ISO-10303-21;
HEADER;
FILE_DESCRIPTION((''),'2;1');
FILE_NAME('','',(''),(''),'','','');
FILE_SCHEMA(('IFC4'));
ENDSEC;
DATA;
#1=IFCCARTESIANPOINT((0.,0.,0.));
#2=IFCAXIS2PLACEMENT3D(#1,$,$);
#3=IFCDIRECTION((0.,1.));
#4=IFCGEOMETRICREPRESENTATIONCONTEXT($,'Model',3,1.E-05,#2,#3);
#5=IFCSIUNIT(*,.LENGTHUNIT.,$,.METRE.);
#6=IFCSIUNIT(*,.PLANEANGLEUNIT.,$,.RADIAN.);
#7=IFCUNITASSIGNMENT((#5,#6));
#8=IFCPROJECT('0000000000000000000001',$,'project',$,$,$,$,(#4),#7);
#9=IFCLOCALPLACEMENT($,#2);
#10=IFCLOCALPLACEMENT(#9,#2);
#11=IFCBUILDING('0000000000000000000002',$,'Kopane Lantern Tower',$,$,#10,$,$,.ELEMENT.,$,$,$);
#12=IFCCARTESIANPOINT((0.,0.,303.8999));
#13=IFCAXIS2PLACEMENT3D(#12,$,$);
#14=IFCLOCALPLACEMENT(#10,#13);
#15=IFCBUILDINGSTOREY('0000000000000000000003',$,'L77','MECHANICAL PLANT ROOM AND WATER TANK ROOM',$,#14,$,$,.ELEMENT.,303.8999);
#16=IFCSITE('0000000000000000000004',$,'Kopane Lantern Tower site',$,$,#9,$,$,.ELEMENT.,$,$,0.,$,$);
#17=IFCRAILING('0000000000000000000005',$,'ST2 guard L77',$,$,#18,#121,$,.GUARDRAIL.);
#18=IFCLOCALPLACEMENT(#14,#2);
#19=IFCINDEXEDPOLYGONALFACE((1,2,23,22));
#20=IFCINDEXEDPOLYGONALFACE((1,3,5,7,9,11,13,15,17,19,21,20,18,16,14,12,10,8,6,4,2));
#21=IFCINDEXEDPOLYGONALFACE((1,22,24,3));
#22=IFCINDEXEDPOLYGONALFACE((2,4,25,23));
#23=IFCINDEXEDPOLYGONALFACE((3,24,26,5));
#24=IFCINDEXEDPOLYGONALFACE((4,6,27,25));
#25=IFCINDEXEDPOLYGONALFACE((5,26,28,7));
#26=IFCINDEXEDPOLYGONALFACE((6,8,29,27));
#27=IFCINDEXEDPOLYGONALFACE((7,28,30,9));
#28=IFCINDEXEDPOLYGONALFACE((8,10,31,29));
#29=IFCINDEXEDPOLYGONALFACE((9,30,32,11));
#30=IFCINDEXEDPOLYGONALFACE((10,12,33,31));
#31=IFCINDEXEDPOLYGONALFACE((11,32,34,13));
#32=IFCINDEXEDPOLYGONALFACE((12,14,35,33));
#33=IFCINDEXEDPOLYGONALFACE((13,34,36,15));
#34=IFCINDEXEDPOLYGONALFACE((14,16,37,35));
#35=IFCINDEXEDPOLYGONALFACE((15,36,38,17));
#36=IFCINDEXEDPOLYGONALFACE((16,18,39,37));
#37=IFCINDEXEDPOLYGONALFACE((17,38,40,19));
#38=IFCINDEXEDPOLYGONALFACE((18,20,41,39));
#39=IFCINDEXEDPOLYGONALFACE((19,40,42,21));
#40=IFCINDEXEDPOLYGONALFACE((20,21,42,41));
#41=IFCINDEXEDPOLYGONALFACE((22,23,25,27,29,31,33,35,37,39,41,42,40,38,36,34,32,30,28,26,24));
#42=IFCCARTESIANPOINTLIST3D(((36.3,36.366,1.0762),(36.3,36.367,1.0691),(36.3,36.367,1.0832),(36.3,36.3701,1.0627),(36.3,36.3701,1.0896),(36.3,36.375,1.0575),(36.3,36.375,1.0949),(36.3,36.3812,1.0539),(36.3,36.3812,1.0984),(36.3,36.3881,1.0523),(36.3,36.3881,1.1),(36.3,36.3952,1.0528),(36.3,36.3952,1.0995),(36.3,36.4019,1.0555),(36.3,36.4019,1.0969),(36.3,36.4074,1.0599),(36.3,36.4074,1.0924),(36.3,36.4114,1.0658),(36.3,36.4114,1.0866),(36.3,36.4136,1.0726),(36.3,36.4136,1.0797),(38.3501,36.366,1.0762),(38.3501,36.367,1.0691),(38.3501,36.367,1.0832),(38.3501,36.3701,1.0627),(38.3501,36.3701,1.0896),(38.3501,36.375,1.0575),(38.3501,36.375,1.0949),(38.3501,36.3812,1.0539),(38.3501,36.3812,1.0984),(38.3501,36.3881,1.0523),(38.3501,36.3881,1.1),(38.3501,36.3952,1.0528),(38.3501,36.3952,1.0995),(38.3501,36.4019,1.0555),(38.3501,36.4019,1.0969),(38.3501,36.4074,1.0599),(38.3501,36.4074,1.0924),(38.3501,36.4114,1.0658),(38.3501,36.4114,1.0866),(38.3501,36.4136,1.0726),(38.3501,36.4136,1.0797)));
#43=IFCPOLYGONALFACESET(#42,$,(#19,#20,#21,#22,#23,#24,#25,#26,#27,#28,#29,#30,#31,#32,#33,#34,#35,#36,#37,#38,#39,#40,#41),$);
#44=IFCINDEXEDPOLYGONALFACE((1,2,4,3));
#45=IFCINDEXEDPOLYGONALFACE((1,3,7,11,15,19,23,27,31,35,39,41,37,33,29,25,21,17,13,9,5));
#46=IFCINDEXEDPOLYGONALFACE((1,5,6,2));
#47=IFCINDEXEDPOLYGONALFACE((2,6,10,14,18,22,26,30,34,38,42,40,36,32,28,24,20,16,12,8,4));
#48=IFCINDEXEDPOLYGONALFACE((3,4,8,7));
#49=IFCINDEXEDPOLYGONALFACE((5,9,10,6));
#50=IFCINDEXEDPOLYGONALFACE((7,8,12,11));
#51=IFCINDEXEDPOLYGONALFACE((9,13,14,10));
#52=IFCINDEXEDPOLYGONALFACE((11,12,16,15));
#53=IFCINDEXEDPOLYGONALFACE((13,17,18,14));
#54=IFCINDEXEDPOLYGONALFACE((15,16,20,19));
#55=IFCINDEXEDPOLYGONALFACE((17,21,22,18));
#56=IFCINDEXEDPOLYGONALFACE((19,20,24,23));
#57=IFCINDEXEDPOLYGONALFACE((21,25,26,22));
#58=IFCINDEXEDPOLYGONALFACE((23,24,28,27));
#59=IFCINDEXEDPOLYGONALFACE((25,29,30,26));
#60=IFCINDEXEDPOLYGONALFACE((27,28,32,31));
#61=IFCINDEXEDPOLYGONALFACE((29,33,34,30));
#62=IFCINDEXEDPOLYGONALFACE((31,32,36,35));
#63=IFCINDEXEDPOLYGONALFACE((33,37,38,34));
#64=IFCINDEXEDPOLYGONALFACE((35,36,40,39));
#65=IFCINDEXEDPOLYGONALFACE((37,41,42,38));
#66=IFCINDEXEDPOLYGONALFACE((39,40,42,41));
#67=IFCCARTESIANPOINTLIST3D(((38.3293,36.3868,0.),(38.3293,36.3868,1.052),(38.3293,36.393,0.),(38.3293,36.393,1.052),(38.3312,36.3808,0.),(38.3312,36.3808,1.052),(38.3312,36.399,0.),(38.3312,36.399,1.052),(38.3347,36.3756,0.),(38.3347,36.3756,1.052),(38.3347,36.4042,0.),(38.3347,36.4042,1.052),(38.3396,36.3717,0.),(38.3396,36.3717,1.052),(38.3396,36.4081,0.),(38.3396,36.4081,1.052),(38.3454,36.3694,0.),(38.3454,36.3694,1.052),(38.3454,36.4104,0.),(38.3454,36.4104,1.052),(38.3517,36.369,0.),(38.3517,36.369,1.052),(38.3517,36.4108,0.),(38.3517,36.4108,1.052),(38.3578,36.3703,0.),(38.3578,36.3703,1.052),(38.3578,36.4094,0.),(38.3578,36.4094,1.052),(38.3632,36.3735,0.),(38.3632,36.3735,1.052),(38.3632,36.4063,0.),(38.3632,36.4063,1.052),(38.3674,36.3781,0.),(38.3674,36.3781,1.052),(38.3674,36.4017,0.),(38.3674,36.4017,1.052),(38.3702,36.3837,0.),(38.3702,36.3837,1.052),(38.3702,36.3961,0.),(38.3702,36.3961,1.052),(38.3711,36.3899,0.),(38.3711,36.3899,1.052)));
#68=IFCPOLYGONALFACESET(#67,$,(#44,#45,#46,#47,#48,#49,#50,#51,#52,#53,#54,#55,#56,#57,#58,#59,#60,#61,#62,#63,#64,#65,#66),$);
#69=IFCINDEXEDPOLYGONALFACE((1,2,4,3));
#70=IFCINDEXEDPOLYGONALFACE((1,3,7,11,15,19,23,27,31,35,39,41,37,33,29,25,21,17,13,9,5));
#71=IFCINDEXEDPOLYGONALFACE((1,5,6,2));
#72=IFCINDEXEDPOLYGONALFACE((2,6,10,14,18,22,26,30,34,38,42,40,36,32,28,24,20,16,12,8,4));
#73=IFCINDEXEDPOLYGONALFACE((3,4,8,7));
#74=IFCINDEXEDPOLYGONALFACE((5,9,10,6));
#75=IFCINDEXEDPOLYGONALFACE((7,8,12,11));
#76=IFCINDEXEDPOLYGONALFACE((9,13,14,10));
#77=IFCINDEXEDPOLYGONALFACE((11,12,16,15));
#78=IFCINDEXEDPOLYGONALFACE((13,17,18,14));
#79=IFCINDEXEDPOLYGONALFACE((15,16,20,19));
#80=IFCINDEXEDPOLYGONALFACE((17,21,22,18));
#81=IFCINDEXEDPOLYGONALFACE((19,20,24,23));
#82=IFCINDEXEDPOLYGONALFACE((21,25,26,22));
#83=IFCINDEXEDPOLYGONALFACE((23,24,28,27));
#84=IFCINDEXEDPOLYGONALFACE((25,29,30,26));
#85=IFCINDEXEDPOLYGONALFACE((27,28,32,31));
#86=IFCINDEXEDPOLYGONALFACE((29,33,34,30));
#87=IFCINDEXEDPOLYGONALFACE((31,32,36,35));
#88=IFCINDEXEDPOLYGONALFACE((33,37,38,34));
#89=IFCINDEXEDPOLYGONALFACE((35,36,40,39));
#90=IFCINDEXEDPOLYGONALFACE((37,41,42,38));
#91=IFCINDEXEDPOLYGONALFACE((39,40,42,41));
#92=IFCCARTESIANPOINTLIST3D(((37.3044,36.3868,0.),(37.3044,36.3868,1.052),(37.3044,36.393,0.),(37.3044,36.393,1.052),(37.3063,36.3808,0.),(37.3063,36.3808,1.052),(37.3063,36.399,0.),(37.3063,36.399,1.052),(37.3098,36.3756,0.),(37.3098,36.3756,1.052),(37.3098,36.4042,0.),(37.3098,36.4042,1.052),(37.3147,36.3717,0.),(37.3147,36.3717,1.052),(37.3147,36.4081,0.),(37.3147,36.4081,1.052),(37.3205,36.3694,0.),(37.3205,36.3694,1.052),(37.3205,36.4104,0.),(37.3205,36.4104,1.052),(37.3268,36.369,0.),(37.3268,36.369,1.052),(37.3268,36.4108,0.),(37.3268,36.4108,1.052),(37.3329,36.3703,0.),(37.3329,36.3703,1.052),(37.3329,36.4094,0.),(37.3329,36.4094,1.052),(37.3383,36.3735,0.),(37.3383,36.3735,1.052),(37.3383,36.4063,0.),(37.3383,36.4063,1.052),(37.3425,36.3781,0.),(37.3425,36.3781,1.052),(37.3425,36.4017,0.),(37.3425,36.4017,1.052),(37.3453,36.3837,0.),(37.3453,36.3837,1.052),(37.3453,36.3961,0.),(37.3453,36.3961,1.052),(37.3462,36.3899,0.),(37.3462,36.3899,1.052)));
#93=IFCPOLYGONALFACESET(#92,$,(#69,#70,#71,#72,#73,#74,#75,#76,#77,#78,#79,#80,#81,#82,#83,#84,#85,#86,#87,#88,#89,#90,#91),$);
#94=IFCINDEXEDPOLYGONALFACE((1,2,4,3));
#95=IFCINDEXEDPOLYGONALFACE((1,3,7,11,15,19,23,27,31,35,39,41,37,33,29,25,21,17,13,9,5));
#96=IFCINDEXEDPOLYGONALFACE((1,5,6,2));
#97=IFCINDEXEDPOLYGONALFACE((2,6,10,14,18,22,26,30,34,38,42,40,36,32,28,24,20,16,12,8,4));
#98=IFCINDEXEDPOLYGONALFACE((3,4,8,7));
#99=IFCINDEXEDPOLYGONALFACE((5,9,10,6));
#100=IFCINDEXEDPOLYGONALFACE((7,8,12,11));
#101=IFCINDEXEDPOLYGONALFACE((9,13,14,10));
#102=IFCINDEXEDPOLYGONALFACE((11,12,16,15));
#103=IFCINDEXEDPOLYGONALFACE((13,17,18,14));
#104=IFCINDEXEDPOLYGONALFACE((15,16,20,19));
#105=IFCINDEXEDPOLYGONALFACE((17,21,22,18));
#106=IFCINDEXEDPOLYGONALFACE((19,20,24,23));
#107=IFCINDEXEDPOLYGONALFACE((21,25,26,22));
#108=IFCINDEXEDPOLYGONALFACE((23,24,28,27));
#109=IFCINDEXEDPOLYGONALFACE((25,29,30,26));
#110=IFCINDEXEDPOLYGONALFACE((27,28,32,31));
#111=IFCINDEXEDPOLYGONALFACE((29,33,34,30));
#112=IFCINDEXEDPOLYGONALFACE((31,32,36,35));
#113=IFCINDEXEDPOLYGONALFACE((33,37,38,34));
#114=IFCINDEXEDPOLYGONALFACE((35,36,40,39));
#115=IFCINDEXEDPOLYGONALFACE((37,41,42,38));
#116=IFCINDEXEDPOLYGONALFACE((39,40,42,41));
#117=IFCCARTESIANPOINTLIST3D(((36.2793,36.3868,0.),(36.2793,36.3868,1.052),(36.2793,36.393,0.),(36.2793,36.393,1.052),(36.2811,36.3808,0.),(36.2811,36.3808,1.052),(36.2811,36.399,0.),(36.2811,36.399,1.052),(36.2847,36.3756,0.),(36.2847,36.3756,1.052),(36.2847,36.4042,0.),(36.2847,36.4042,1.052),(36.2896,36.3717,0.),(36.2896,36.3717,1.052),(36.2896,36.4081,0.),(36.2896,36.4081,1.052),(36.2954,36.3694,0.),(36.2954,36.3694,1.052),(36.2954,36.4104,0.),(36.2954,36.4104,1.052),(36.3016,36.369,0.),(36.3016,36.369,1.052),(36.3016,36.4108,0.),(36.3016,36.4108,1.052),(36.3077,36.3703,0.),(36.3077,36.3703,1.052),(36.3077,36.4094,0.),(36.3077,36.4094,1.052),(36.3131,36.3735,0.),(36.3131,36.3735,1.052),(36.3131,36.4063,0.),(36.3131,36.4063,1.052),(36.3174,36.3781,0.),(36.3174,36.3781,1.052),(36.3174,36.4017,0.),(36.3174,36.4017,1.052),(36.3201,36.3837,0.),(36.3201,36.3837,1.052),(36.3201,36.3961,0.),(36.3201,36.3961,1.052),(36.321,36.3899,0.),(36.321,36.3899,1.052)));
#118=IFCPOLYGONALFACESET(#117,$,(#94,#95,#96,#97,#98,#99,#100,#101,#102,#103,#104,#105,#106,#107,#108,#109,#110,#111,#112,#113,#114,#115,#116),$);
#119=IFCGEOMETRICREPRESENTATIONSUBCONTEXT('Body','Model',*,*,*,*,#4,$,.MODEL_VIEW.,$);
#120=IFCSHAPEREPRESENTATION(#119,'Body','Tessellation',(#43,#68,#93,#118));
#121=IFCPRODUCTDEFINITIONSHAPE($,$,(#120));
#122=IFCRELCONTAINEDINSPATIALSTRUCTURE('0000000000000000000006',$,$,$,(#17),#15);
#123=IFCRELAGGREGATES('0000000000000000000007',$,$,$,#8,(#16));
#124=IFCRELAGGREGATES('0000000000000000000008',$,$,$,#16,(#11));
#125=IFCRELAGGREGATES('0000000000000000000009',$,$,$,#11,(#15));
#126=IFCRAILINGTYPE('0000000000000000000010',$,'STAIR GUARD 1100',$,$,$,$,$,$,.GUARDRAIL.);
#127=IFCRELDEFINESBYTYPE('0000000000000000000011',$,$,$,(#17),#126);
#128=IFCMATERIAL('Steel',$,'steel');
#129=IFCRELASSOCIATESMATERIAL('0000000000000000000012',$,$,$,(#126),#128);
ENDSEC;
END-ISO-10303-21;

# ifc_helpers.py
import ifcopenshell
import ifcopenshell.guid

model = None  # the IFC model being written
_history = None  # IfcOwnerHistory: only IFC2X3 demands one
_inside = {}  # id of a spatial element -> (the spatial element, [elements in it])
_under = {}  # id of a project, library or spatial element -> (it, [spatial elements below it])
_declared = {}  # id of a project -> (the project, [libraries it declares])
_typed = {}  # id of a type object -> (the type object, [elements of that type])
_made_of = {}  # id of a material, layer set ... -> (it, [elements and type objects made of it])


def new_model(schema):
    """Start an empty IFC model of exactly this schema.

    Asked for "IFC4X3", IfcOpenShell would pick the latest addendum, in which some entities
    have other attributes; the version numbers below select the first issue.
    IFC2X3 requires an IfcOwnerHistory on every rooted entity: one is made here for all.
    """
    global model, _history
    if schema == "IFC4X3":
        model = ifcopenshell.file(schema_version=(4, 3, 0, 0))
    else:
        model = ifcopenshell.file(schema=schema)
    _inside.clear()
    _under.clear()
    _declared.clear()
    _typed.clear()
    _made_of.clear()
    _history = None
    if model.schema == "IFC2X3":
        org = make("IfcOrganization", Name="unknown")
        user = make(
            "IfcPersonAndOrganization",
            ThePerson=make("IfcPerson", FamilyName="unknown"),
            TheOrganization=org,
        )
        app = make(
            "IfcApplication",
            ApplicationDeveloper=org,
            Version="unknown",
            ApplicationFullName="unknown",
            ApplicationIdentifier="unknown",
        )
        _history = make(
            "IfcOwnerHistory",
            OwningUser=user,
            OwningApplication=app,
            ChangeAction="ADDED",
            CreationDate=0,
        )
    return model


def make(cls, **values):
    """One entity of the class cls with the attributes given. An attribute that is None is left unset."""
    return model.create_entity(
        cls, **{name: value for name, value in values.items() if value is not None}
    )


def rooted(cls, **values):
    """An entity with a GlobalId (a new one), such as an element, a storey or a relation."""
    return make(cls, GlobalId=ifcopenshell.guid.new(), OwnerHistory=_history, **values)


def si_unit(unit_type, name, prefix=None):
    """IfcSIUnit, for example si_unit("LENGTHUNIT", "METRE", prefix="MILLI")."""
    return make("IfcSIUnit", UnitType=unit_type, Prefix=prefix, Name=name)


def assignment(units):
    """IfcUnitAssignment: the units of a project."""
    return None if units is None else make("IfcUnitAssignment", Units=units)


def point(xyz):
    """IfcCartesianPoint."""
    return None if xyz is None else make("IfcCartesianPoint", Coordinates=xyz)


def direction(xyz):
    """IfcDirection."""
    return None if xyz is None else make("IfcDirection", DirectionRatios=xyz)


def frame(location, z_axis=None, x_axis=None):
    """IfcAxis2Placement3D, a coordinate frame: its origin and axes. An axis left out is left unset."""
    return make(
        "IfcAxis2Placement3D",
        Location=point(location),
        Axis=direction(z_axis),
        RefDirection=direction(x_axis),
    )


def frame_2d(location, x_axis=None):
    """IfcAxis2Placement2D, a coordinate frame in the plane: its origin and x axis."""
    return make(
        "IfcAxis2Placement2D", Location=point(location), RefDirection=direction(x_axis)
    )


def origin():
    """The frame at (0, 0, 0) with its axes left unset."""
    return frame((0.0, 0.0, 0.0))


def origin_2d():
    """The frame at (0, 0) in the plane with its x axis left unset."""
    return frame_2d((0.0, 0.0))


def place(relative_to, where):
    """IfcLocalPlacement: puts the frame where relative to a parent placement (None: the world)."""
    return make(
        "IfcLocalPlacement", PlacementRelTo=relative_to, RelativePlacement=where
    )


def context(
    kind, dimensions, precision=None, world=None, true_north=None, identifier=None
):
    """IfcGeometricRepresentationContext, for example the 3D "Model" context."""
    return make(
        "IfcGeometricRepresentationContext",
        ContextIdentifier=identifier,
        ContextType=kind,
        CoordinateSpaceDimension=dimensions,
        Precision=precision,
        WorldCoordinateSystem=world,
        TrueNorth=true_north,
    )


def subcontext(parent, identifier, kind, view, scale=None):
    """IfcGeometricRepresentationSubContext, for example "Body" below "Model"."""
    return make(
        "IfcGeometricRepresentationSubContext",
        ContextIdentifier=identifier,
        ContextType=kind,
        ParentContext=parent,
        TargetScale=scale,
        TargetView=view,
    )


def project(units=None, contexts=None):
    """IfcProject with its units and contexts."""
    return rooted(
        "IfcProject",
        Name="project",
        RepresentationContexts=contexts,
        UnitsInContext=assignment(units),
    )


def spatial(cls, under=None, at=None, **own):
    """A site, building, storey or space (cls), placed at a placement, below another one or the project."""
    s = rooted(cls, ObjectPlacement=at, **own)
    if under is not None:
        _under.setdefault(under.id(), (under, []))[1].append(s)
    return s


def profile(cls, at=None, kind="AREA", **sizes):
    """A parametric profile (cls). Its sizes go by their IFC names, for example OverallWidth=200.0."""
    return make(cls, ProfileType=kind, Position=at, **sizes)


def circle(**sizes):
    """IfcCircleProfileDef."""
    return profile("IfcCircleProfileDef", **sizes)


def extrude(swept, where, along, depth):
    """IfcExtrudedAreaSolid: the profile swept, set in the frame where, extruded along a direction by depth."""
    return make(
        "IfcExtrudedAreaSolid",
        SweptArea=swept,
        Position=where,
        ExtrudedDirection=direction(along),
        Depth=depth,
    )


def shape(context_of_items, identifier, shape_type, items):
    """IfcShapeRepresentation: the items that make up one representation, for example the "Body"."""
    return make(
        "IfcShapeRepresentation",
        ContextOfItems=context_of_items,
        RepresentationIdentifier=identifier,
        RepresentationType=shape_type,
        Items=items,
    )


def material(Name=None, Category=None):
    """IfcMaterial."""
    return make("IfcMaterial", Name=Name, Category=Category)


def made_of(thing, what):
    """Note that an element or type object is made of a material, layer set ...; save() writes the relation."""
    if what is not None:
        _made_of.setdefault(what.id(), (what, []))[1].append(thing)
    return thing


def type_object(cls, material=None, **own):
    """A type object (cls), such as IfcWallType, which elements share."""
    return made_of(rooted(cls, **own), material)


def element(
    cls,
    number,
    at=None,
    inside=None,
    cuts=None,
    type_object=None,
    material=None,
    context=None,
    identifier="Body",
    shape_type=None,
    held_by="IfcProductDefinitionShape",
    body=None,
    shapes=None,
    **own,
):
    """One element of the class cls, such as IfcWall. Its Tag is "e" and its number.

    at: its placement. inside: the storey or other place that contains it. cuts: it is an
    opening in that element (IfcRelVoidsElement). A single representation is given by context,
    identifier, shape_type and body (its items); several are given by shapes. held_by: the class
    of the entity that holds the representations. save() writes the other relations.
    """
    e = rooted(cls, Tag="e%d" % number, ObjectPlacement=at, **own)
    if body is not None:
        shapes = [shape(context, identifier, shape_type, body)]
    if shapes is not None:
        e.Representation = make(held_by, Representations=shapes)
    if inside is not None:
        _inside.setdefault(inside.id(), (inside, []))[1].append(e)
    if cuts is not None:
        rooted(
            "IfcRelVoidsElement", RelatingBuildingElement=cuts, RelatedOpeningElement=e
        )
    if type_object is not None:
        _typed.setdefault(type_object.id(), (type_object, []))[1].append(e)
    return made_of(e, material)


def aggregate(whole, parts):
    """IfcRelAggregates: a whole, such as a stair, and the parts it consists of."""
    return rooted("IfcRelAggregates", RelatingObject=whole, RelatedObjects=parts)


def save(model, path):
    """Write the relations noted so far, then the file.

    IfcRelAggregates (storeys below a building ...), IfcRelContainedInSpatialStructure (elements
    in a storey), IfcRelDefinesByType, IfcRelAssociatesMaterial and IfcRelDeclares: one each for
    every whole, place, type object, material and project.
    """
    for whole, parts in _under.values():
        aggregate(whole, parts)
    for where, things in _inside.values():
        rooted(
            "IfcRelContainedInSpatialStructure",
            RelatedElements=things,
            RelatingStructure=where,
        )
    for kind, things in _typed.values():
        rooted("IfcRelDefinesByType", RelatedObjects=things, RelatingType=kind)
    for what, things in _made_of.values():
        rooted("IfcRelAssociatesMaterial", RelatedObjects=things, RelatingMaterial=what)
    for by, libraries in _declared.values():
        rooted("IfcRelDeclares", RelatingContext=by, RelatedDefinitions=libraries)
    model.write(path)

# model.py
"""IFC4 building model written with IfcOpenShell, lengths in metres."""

from ifc_helpers import new_model, si_unit, direction, frame, origin, origin_2d, place, context, subcontext, project, spatial, circle, extrude, material, type_object, element, save


model = new_model("IFC4")

# Units and contexts
model_context = context("Model", 3, precision=1e-05, world=origin(), true_north=direction((0.0, 1.0)))
body_context = subcontext(model_context, "Body", "Model", "MODEL_VIEW")
ifc_project = project(units=[si_unit("LENGTHUNIT", "METRE"), si_unit("PLANEANGLEUNIT", "RADIAN")], contexts=[model_context])

# Site, building, storey
site_placement = place(None, origin())
site = spatial("IfcSite", under=ifc_project, at=site_placement, Name="Kopane Lantern Tower site", CompositionType="ELEMENT", RefElevation=0.0)
building_placement = place(site_placement, origin())
building = spatial("IfcBuilding", under=site, at=building_placement, Name="Kopane Lantern Tower", CompositionType="ELEMENT")
storey_placement = place(building_placement, frame((0.0, 0.0, 303.8999)))
storey = spatial("IfcBuildingStorey", under=building, at=storey_placement, Name="L77", Description="MECHANICAL PLANT ROOM AND WATER TANK ROOM", CompositionType="ELEMENT", Elevation=303.8999)

# Railing
ifc_material_1 = material(Name="Steel", Category="steel")
railing_type = type_object("IfcRailingType", Name="STAIR GUARD 1100", PredefinedType="GUARDRAIL", material=ifc_material_1)
railing_placement = place(storey_placement, frame((38.3501, 36.3899, 0.0)))
element("IfcRailing", 1, at=railing_placement, inside=storey, type_object=railing_type, Name="ST2 guard L77", PredefinedType="GUARDRAIL", context=body_context, shape_type="SweptSolid", body=[
    extrude(circle(Radius=0.0239, at=origin_2d()), frame((0.0, 0.0, 1.0762), z_axis=(-1.0, 0.0, 0.0), x_axis=(0.0, -1.0, 0.0)), (0.0, 0.0, 1.0), 2.05),
    extrude(circle(Radius=0.021, at=origin_2d()), origin(), (0.0, 0.0, 1.0), 1.052),
    extrude(circle(Radius=0.021, at=origin_2d()), frame((-1.0249, 0.0, 0.0)), (0.0, 0.0, 1.0), 1.052),
    extrude(circle(Radius=0.021, at=origin_2d()), frame((-2.05, 0.0, 0.0)), (0.0, 0.0, 1.0), 1.052),
])

save(model, "model.ifc")
